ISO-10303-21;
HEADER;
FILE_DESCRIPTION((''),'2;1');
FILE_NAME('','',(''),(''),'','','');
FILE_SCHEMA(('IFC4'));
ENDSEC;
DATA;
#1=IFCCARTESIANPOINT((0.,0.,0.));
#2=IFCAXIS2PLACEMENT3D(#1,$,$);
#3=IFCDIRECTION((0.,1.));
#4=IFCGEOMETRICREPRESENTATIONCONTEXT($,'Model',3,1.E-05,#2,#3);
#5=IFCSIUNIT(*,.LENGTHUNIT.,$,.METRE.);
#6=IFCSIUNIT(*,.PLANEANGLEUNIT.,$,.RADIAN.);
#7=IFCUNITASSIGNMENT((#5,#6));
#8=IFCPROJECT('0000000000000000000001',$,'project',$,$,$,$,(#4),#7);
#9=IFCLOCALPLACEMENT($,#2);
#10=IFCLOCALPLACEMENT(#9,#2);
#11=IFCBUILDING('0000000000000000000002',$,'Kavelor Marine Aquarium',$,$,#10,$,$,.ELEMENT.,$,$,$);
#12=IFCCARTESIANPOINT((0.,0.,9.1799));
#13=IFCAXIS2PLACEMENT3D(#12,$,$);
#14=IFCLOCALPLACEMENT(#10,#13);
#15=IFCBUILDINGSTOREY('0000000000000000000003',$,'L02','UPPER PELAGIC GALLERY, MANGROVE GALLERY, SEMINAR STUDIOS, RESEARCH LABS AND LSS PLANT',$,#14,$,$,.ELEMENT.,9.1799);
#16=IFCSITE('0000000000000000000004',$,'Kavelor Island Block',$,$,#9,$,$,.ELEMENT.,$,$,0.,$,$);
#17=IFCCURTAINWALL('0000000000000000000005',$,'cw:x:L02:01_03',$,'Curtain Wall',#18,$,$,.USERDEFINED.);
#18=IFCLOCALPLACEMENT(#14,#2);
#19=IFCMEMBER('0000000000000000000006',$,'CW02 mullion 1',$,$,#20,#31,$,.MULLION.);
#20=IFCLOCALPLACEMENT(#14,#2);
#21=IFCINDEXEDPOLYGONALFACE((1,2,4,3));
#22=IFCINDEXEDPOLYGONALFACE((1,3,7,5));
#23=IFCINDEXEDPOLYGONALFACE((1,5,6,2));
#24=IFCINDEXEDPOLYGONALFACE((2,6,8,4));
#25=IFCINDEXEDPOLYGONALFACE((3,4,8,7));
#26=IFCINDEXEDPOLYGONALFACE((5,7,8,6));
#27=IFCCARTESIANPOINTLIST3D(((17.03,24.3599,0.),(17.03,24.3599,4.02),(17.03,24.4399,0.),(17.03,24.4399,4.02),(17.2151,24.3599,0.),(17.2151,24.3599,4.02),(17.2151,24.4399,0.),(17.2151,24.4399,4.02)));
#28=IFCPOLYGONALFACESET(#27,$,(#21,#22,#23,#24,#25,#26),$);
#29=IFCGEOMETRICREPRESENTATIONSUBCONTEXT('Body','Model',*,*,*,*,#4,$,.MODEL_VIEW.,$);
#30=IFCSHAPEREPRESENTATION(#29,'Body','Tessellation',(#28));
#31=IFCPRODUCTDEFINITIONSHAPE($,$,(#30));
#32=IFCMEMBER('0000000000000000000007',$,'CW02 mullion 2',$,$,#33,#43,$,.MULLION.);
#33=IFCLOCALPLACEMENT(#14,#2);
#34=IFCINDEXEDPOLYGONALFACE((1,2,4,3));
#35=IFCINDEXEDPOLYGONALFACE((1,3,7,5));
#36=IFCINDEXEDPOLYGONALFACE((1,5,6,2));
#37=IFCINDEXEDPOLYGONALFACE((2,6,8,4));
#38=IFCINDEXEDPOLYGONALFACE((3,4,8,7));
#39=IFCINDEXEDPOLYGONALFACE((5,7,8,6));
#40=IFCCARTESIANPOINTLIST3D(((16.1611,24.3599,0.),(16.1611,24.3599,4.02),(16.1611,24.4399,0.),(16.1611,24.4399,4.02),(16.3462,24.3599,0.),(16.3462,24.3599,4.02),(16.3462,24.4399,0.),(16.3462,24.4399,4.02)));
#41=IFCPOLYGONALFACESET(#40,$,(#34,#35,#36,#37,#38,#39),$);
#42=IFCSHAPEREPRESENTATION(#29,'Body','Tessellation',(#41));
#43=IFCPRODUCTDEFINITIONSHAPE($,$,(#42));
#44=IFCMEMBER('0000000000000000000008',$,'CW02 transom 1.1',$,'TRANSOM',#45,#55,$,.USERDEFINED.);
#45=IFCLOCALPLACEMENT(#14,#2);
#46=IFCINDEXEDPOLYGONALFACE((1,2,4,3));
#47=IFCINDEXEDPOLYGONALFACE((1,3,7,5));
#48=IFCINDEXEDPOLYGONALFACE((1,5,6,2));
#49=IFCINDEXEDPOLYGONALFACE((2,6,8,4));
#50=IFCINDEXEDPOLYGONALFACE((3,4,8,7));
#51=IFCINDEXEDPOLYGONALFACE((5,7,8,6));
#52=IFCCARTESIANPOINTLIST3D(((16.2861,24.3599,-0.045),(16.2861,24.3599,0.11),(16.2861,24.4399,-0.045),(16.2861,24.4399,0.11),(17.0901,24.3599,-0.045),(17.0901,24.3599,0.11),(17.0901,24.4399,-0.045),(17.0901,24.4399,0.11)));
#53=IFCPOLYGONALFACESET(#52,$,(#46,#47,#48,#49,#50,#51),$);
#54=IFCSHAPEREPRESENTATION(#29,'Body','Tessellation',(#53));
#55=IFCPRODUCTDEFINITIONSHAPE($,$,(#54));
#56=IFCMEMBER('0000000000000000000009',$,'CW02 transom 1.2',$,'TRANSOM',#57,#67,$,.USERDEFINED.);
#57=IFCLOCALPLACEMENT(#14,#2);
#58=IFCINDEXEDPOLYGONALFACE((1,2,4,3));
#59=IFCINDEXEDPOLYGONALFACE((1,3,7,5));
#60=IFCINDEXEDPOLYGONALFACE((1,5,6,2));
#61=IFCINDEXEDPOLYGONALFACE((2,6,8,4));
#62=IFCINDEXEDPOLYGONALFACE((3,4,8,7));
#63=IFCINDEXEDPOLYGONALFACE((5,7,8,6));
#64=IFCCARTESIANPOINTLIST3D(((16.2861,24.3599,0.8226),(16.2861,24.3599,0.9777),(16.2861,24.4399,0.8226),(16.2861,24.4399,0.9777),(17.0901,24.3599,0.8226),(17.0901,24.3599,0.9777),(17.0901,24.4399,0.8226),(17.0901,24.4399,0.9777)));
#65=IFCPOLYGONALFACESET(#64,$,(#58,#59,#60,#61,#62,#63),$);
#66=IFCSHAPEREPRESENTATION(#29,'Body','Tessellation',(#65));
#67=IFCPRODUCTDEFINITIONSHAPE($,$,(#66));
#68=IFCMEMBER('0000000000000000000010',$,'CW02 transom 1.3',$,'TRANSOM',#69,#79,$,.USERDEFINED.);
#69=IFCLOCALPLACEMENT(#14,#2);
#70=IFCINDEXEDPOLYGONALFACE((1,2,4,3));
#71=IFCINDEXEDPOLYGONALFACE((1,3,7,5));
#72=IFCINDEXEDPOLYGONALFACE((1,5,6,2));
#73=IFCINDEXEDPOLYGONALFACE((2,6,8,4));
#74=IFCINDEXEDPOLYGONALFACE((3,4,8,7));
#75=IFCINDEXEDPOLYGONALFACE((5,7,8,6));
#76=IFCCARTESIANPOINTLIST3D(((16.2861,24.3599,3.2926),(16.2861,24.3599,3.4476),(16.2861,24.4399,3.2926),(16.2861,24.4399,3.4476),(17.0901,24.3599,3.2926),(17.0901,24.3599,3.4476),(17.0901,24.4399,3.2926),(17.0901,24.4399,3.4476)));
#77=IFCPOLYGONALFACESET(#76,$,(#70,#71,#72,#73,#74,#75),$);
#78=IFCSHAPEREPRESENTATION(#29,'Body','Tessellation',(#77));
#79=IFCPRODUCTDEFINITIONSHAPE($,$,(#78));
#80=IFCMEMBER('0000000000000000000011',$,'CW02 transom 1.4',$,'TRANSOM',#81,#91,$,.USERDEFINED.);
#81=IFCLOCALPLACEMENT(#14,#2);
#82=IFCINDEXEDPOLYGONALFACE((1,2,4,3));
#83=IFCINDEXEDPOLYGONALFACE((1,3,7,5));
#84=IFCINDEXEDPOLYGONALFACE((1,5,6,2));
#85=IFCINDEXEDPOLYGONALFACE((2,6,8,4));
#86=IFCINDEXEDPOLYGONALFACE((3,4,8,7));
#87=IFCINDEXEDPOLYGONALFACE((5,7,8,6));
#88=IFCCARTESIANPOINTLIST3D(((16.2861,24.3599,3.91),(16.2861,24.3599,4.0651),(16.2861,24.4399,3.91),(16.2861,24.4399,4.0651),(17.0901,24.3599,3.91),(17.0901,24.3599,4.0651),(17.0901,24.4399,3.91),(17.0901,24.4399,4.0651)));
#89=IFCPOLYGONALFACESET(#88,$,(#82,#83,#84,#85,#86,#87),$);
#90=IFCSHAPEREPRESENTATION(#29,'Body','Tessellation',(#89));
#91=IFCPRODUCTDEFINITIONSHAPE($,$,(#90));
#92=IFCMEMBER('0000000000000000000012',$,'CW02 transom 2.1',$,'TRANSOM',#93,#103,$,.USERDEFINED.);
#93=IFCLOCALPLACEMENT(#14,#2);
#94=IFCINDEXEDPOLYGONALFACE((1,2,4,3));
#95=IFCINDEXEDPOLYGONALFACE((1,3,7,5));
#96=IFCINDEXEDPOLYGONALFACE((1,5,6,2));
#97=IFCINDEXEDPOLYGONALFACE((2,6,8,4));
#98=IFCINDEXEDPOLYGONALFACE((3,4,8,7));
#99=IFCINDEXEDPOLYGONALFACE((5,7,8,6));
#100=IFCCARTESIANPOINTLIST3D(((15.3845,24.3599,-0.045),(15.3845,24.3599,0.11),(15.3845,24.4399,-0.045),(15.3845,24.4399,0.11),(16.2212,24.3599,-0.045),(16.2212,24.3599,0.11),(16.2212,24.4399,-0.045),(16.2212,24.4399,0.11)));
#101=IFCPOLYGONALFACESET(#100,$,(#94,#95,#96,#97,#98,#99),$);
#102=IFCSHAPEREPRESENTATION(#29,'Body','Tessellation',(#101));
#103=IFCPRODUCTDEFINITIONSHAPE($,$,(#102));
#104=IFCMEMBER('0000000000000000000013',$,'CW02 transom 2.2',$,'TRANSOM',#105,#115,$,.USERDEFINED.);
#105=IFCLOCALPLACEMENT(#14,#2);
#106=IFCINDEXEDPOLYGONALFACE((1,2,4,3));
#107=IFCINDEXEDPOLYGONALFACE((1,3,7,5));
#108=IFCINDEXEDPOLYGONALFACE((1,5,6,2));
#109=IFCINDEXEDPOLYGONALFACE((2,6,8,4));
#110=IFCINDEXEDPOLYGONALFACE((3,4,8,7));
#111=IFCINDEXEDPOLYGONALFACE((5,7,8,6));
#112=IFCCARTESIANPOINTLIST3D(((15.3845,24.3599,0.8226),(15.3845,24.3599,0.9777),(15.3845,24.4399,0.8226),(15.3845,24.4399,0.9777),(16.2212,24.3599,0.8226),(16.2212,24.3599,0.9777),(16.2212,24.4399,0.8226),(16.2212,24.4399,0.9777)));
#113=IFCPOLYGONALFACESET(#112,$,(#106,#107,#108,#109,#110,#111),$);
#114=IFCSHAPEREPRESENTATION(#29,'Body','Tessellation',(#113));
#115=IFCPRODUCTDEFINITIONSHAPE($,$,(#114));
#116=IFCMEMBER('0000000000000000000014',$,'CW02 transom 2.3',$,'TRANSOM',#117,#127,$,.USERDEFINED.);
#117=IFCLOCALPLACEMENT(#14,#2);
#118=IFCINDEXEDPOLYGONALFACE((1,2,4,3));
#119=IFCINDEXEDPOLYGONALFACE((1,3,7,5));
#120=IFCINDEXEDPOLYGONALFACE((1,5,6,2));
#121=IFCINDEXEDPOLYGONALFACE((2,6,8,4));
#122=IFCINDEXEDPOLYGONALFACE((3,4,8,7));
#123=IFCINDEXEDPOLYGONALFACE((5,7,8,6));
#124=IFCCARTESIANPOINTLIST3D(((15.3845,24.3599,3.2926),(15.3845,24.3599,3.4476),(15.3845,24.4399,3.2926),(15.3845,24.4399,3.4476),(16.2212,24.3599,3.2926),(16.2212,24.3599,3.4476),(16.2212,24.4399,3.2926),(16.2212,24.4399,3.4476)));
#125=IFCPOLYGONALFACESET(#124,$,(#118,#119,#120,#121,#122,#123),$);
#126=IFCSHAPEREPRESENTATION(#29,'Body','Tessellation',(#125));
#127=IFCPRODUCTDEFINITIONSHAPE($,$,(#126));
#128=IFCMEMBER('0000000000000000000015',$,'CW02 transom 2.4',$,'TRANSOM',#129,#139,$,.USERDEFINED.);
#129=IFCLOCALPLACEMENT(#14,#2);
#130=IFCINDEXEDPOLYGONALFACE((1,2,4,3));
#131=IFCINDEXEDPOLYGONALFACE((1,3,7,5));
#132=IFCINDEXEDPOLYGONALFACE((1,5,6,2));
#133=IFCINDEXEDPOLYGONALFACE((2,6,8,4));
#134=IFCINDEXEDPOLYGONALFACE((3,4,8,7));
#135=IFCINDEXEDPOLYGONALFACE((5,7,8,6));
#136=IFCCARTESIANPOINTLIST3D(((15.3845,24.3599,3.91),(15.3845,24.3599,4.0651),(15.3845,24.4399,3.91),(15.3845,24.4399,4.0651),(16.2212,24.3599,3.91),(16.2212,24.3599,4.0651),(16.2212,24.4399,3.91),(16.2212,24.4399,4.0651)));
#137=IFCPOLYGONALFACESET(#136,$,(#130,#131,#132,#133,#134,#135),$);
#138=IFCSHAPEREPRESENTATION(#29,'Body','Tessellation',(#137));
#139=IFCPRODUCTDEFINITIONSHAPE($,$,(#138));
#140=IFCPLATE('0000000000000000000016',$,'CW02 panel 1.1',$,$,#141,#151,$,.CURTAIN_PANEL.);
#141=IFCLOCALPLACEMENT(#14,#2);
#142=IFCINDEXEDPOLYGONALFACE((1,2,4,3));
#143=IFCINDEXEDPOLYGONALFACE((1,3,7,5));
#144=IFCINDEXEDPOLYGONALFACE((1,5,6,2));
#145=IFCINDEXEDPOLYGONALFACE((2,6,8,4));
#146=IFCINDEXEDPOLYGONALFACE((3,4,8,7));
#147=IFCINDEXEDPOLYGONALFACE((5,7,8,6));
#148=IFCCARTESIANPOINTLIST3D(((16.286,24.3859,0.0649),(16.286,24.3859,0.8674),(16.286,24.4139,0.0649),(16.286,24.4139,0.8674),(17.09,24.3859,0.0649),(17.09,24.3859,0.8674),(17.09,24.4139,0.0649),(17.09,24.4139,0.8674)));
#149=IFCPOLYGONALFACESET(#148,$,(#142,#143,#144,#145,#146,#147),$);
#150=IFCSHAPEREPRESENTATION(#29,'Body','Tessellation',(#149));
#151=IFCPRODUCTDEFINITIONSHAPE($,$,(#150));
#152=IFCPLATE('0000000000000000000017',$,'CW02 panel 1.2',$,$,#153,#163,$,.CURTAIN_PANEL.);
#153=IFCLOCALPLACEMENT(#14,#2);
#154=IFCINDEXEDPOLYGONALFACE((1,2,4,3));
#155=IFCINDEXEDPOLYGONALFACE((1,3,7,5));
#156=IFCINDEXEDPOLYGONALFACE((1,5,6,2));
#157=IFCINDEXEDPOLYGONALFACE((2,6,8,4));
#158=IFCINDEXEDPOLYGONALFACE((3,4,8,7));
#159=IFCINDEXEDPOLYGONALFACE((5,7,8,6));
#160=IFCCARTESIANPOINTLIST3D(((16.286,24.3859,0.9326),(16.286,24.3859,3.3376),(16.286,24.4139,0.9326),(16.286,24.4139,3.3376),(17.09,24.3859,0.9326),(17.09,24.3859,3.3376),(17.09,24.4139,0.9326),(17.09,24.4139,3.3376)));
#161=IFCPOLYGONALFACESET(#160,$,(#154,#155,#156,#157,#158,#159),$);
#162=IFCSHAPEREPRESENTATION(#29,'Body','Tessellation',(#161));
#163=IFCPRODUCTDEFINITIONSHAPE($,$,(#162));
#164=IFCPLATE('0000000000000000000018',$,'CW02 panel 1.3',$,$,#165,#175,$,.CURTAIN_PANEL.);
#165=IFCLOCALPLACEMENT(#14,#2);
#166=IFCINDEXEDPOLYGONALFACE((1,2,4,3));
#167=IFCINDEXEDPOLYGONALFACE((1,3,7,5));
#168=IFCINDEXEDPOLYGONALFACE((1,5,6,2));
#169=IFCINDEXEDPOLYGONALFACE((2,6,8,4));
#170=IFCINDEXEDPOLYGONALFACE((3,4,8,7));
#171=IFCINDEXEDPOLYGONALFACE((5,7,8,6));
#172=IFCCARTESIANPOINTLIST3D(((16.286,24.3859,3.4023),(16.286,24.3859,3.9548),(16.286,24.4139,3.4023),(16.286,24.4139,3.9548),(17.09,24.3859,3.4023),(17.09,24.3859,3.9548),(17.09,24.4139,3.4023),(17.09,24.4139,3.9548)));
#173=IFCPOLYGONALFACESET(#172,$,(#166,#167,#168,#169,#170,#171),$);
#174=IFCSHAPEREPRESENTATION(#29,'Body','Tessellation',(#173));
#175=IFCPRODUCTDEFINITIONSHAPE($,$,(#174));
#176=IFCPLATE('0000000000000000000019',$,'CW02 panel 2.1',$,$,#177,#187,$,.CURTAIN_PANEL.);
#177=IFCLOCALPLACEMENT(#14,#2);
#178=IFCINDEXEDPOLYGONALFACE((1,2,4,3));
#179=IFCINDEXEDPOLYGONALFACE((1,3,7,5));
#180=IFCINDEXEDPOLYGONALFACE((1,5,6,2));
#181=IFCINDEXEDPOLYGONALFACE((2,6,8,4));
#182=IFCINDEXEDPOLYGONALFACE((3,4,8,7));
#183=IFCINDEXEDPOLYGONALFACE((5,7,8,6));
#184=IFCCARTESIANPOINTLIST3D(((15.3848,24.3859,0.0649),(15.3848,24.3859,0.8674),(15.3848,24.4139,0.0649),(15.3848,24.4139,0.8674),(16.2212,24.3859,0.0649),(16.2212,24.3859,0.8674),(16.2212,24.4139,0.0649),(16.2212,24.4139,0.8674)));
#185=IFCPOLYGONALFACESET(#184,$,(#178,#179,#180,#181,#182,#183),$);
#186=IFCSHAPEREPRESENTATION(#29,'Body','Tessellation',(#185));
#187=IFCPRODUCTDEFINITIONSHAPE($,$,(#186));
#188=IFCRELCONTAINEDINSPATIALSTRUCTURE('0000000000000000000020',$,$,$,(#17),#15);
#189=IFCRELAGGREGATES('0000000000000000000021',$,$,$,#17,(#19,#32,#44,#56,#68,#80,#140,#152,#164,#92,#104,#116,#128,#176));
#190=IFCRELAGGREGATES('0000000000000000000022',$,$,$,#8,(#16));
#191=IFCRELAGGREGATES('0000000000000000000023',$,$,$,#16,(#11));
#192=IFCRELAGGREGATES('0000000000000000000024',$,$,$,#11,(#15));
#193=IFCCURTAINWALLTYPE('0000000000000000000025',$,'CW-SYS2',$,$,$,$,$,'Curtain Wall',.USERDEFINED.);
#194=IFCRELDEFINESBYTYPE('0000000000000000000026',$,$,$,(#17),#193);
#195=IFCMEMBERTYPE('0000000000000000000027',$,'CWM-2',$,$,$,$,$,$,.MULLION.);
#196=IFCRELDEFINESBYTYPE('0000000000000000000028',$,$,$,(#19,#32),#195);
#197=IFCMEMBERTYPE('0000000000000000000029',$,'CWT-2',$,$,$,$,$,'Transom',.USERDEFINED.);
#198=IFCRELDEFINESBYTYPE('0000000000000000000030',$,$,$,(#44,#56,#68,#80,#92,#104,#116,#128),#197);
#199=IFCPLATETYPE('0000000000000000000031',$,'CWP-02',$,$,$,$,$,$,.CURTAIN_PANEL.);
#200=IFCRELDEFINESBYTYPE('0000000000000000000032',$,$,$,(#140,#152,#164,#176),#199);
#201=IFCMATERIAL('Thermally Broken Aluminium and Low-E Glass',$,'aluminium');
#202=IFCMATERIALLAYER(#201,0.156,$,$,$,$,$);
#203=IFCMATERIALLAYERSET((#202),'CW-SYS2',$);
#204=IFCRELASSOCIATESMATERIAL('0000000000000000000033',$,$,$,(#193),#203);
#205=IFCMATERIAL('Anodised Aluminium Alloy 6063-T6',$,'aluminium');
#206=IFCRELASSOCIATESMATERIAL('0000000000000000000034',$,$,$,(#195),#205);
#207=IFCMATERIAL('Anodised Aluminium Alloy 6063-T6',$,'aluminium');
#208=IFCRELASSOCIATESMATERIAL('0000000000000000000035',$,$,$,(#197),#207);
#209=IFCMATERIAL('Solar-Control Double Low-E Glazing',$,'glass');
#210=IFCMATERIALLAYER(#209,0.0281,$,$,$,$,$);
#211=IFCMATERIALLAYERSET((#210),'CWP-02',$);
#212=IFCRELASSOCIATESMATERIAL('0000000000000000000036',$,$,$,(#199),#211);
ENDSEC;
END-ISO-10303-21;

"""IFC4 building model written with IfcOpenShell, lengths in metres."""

from ifc_helpers import new_model, si_unit, direction, frame, origin, origin_2d, place, context, subcontext, project, spatial, rectangle, extrude, material, layer, layer_set, material_profile, profile_set, type_object, element, aggregate, save


model = new_model("IFC4")

# Units and contexts
model_context = context("Model", 3, precision=1e-05, world=origin(), true_north=direction((0.0, 1.0)))
body_context = subcontext(model_context, "Body", "Model", "MODEL_VIEW")
ifc_project = project(units=[si_unit("LENGTHUNIT", "METRE"), si_unit("PLANEANGLEUNIT", "RADIAN")], contexts=[model_context])

# Site, building, storey
site_placement = place(None, origin())
site = spatial("IfcSite", under=ifc_project, at=site_placement, Name="Kavelor Island Block", CompositionType="ELEMENT", RefElevation=0.0)
building_placement = place(site_placement, origin())
building = spatial("IfcBuilding", under=site, at=building_placement, Name="Kavelor Marine Aquarium", CompositionType="ELEMENT")
storey_placement = place(building_placement, frame((0.0, 0.0, 9.1799)))
storey = spatial("IfcBuildingStorey", under=building, at=storey_placement, Name="L02", Description="UPPER PELAGIC GALLERY, MANGROVE GALLERY, SEMINAR STUDIOS, RESEARCH LABS AND LSS PLANT", CompositionType="ELEMENT", Elevation=9.1799)

# Curtain wall, members, plates
ifc_material_1 = material(Name="Thermally Broken Aluminium and Low-E Glass", Category="aluminium")
ifc_layer_1 = layer(ifc_material_1, 0.156)
ifc_layer_set_1 = layer_set([ifc_layer_1], Name="CW-SYS2")
curtain_wall_type = type_object("IfcCurtainWallType", Name="CW-SYS2", ElementType="Curtain Wall", PredefinedType="USERDEFINED", material=ifc_layer_set_1)
curtain_wall_placement = place(storey_placement, origin())
curtain_wall = element("IfcCurtainWall", 1, at=curtain_wall_placement, inside=storey, type_object=curtain_wall_type, Name="cw:x:L02:01_03", ObjectType="Curtain Wall", PredefinedType="USERDEFINED")
ifc_material_2 = material(Name="Anodised Aluminium Alloy 6063-T6", Category="aluminium")
ifc_material_profile_1 = material_profile(ifc_material_2, rectangle(XDim=0.0801, YDim=0.1851, at=origin_2d()), Name="CW-MUL 80x185")
ifc_profile_set_1 = profile_set([ifc_material_profile_1], Name="Anodised Aluminium Alloy 6063-T6")
member_type_1 = type_object("IfcMemberType", Name="CWM-2", PredefinedType="MULLION", material=ifc_profile_set_1)
member_1_placement = place(storey_placement, frame((17.1226, 24.3999, 0.0), z_axis=(0.0, 0.0, 1.0), x_axis=(0.0, -1.0, 0.0)))
member_1 = element("IfcMember", 2, at=member_1_placement, type_object=member_type_1, Name="CW02 mullion 1", PredefinedType="MULLION", context=body_context, shape_type="SweptSolid", body=[
    extrude(rectangle(XDim=0.0801, YDim=0.1851, at=origin_2d()), origin(), (0.0, 0.0, 1.0), 4.02),
])
member_2_placement = place(storey_placement, frame((16.2537, 24.3999, 0.0), z_axis=(0.0, 0.0, 1.0), x_axis=(0.0, -1.0, 0.0)))
member_2 = element("IfcMember", 3, at=member_2_placement, type_object=member_type_1, Name="CW02 mullion 2", PredefinedType="MULLION", context=body_context, shape_type="SweptSolid", body=[
    extrude(rectangle(XDim=0.0801, YDim=0.1851, at=origin_2d()), origin(), (0.0, 0.0, 1.0), 4.02),
])
ifc_material_3 = material(Name="Anodised Aluminium Alloy 6063-T6", Category="aluminium")
ifc_material_profile_2 = material_profile(ifc_material_3, rectangle(XDim=0.0801, YDim=0.155, at=origin_2d()), Name="CW-TRN 80x155")
ifc_profile_set_2 = profile_set([ifc_material_profile_2], Name="Anodised Aluminium Alloy 6063-T6")
member_type_2 = type_object("IfcMemberType", Name="CWT-2", ElementType="Transom", PredefinedType="USERDEFINED", material=ifc_profile_set_2)
member_3_placement = place(storey_placement, frame((17.0901, 24.3999, 0.0325), z_axis=(-1.0, 0.0, 0.0), x_axis=(0.0, -1.0, 0.0)))
member_3 = element("IfcMember", 4, at=member_3_placement, type_object=member_type_2, Name="CW02 transom 1.1", ObjectType="TRANSOM", PredefinedType="USERDEFINED", context=body_context, shape_type="SweptSolid", body=[
    extrude(rectangle(XDim=0.0801, YDim=0.155, at=origin_2d()), origin(), (0.0, 0.0, 1.0), 0.804),
])
member_4_placement = place(storey_placement, frame((17.0901, 24.3999, 0.9001), z_axis=(-1.0, 0.0, 0.0), x_axis=(0.0, -1.0, 0.0)))
member_4 = element("IfcMember", 5, at=member_4_placement, type_object=member_type_2, Name="CW02 transom 1.2", ObjectType="TRANSOM", PredefinedType="USERDEFINED", context=body_context, shape_type="SweptSolid", body=[
    extrude(rectangle(XDim=0.0801, YDim=0.155, at=origin_2d()), origin(), (0.0, 0.0, 1.0), 0.804),
])
member_5_placement = place(storey_placement, frame((17.0901, 24.3999, 3.3701), z_axis=(-1.0, 0.0, 0.0), x_axis=(0.0, -1.0, 0.0)))
member_5 = element("IfcMember", 6, at=member_5_placement, type_object=member_type_2, Name="CW02 transom 1.3", ObjectType="TRANSOM", PredefinedType="USERDEFINED", context=body_context, shape_type="SweptSolid", body=[
    extrude(rectangle(XDim=0.0801, YDim=0.155, at=origin_2d()), origin(), (0.0, 0.0, 1.0), 0.804),
])
member_6_placement = place(storey_placement, frame((17.0901, 24.3999, 3.9875), z_axis=(-1.0, 0.0, 0.0), x_axis=(0.0, -1.0, 0.0)))
member_6 = element("IfcMember", 7, at=member_6_placement, type_object=member_type_2, Name="CW02 transom 1.4", ObjectType="TRANSOM", PredefinedType="USERDEFINED", context=body_context, shape_type="SweptSolid", body=[
    extrude(rectangle(XDim=0.0801, YDim=0.155, at=origin_2d()), origin(), (0.0, 0.0, 1.0), 0.804),
])
member_7_placement = place(storey_placement, frame((16.2212, 24.3999, 0.0325), z_axis=(-1.0, 0.0, 0.0), x_axis=(0.0, -1.0, 0.0)))
member_7 = element("IfcMember", 8, at=member_7_placement, type_object=member_type_2, Name="CW02 transom 2.1", ObjectType="TRANSOM", PredefinedType="USERDEFINED", context=body_context, shape_type="SweptSolid", body=[
    extrude(rectangle(XDim=0.0801, YDim=0.155, at=origin_2d()), origin(), (0.0, 0.0, 1.0), 0.8367),
])
member_8_placement = place(storey_placement, frame((16.2212, 24.3999, 0.9001), z_axis=(-1.0, 0.0, 0.0), x_axis=(0.0, -1.0, 0.0)))
member_8 = element("IfcMember", 9, at=member_8_placement, type_object=member_type_2, Name="CW02 transom 2.2", ObjectType="TRANSOM", PredefinedType="USERDEFINED", context=body_context, shape_type="SweptSolid", body=[
    extrude(rectangle(XDim=0.0801, YDim=0.155, at=origin_2d()), origin(), (0.0, 0.0, 1.0), 0.8367),
])
member_9_placement = place(storey_placement, frame((16.2212, 24.3999, 3.3701), z_axis=(-1.0, 0.0, 0.0), x_axis=(0.0, -1.0, 0.0)))
member_9 = element("IfcMember", 10, at=member_9_placement, type_object=member_type_2, Name="CW02 transom 2.3", ObjectType="TRANSOM", PredefinedType="USERDEFINED", context=body_context, shape_type="SweptSolid", body=[
    extrude(rectangle(XDim=0.0801, YDim=0.155, at=origin_2d()), origin(), (0.0, 0.0, 1.0), 0.8367),
])
member_10_placement = place(storey_placement, frame((16.2212, 24.3999, 3.9875), z_axis=(-1.0, 0.0, 0.0), x_axis=(0.0, -1.0, 0.0)))
member_10 = element("IfcMember", 11, at=member_10_placement, type_object=member_type_2, Name="CW02 transom 2.4", ObjectType="TRANSOM", PredefinedType="USERDEFINED", context=body_context, shape_type="SweptSolid", body=[
    extrude(rectangle(XDim=0.0801, YDim=0.155, at=origin_2d()), origin(), (0.0, 0.0, 1.0), 0.8367),
])
ifc_material_4 = material(Name="Solar-Control Double Low-E Glazing", Category="glass")
ifc_layer_2 = layer(ifc_material_4, 0.0281)
ifc_layer_set_2 = layer_set([ifc_layer_2], Name="CWP-02")
plate_type = type_object("IfcPlateType", Name="CWP-02", PredefinedType="CURTAIN_PANEL", material=ifc_layer_set_2)
plate_1_placement = place(storey_placement, frame((16.688, 24.3999, 0.0649), z_axis=(0.0, 0.0, 1.0), x_axis=(-1.0, 0.0, 0.0)))
plate_1 = element("IfcPlate", 12, at=plate_1_placement, type_object=plate_type, Name="CW02 panel 1.1", PredefinedType="CURTAIN_PANEL", context=body_context, shape_type="SweptSolid", body=[
    extrude(rectangle(XDim=0.804, YDim=0.0281, at=origin_2d()), origin(), (0.0, 0.0, 1.0), 0.8025),
])
plate_2_placement = place(storey_placement, frame((16.688, 24.3999, 0.9326), z_axis=(0.0, 0.0, 1.0), x_axis=(-1.0, 0.0, 0.0)))
plate_2 = element("IfcPlate", 13, at=plate_2_placement, type_object=plate_type, Name="CW02 panel 1.2", PredefinedType="CURTAIN_PANEL", context=body_context, shape_type="SweptSolid", body=[
    extrude(rectangle(XDim=0.804, YDim=0.0281, at=origin_2d()), origin(), (0.0, 0.0, 1.0), 2.405),
])
plate_3_placement = place(storey_placement, frame((16.688, 24.3999, 3.4023), z_axis=(0.0, 0.0, 1.0), x_axis=(-1.0, 0.0, 0.0)))
plate_3 = element("IfcPlate", 14, at=plate_3_placement, type_object=plate_type, Name="CW02 panel 1.3", PredefinedType="CURTAIN_PANEL", context=body_context, shape_type="SweptSolid", body=[
    extrude(rectangle(XDim=0.804, YDim=0.0281, at=origin_2d()), origin(), (0.0, 0.0, 1.0), 0.5525),
])
plate_4_placement = place(storey_placement, frame((15.803, 24.3999, 0.0649), z_axis=(0.0, 0.0, 1.0), x_axis=(-1.0, 0.0, 0.0)))
plate_4 = element("IfcPlate", 15, at=plate_4_placement, type_object=plate_type, Name="CW02 panel 2.1", PredefinedType="CURTAIN_PANEL", context=body_context, shape_type="SweptSolid", body=[
    extrude(rectangle(XDim=0.8364, YDim=0.0281, at=origin_2d()), origin(), (0.0, 0.0, 1.0), 0.8025),
])
aggregate(curtain_wall, [member_1, member_2, member_3, member_4, member_5, member_6, plate_1, plate_2, plate_3, member_7, member_8, member_9, member_10, plate_4])

save(model, "model.ifc")
